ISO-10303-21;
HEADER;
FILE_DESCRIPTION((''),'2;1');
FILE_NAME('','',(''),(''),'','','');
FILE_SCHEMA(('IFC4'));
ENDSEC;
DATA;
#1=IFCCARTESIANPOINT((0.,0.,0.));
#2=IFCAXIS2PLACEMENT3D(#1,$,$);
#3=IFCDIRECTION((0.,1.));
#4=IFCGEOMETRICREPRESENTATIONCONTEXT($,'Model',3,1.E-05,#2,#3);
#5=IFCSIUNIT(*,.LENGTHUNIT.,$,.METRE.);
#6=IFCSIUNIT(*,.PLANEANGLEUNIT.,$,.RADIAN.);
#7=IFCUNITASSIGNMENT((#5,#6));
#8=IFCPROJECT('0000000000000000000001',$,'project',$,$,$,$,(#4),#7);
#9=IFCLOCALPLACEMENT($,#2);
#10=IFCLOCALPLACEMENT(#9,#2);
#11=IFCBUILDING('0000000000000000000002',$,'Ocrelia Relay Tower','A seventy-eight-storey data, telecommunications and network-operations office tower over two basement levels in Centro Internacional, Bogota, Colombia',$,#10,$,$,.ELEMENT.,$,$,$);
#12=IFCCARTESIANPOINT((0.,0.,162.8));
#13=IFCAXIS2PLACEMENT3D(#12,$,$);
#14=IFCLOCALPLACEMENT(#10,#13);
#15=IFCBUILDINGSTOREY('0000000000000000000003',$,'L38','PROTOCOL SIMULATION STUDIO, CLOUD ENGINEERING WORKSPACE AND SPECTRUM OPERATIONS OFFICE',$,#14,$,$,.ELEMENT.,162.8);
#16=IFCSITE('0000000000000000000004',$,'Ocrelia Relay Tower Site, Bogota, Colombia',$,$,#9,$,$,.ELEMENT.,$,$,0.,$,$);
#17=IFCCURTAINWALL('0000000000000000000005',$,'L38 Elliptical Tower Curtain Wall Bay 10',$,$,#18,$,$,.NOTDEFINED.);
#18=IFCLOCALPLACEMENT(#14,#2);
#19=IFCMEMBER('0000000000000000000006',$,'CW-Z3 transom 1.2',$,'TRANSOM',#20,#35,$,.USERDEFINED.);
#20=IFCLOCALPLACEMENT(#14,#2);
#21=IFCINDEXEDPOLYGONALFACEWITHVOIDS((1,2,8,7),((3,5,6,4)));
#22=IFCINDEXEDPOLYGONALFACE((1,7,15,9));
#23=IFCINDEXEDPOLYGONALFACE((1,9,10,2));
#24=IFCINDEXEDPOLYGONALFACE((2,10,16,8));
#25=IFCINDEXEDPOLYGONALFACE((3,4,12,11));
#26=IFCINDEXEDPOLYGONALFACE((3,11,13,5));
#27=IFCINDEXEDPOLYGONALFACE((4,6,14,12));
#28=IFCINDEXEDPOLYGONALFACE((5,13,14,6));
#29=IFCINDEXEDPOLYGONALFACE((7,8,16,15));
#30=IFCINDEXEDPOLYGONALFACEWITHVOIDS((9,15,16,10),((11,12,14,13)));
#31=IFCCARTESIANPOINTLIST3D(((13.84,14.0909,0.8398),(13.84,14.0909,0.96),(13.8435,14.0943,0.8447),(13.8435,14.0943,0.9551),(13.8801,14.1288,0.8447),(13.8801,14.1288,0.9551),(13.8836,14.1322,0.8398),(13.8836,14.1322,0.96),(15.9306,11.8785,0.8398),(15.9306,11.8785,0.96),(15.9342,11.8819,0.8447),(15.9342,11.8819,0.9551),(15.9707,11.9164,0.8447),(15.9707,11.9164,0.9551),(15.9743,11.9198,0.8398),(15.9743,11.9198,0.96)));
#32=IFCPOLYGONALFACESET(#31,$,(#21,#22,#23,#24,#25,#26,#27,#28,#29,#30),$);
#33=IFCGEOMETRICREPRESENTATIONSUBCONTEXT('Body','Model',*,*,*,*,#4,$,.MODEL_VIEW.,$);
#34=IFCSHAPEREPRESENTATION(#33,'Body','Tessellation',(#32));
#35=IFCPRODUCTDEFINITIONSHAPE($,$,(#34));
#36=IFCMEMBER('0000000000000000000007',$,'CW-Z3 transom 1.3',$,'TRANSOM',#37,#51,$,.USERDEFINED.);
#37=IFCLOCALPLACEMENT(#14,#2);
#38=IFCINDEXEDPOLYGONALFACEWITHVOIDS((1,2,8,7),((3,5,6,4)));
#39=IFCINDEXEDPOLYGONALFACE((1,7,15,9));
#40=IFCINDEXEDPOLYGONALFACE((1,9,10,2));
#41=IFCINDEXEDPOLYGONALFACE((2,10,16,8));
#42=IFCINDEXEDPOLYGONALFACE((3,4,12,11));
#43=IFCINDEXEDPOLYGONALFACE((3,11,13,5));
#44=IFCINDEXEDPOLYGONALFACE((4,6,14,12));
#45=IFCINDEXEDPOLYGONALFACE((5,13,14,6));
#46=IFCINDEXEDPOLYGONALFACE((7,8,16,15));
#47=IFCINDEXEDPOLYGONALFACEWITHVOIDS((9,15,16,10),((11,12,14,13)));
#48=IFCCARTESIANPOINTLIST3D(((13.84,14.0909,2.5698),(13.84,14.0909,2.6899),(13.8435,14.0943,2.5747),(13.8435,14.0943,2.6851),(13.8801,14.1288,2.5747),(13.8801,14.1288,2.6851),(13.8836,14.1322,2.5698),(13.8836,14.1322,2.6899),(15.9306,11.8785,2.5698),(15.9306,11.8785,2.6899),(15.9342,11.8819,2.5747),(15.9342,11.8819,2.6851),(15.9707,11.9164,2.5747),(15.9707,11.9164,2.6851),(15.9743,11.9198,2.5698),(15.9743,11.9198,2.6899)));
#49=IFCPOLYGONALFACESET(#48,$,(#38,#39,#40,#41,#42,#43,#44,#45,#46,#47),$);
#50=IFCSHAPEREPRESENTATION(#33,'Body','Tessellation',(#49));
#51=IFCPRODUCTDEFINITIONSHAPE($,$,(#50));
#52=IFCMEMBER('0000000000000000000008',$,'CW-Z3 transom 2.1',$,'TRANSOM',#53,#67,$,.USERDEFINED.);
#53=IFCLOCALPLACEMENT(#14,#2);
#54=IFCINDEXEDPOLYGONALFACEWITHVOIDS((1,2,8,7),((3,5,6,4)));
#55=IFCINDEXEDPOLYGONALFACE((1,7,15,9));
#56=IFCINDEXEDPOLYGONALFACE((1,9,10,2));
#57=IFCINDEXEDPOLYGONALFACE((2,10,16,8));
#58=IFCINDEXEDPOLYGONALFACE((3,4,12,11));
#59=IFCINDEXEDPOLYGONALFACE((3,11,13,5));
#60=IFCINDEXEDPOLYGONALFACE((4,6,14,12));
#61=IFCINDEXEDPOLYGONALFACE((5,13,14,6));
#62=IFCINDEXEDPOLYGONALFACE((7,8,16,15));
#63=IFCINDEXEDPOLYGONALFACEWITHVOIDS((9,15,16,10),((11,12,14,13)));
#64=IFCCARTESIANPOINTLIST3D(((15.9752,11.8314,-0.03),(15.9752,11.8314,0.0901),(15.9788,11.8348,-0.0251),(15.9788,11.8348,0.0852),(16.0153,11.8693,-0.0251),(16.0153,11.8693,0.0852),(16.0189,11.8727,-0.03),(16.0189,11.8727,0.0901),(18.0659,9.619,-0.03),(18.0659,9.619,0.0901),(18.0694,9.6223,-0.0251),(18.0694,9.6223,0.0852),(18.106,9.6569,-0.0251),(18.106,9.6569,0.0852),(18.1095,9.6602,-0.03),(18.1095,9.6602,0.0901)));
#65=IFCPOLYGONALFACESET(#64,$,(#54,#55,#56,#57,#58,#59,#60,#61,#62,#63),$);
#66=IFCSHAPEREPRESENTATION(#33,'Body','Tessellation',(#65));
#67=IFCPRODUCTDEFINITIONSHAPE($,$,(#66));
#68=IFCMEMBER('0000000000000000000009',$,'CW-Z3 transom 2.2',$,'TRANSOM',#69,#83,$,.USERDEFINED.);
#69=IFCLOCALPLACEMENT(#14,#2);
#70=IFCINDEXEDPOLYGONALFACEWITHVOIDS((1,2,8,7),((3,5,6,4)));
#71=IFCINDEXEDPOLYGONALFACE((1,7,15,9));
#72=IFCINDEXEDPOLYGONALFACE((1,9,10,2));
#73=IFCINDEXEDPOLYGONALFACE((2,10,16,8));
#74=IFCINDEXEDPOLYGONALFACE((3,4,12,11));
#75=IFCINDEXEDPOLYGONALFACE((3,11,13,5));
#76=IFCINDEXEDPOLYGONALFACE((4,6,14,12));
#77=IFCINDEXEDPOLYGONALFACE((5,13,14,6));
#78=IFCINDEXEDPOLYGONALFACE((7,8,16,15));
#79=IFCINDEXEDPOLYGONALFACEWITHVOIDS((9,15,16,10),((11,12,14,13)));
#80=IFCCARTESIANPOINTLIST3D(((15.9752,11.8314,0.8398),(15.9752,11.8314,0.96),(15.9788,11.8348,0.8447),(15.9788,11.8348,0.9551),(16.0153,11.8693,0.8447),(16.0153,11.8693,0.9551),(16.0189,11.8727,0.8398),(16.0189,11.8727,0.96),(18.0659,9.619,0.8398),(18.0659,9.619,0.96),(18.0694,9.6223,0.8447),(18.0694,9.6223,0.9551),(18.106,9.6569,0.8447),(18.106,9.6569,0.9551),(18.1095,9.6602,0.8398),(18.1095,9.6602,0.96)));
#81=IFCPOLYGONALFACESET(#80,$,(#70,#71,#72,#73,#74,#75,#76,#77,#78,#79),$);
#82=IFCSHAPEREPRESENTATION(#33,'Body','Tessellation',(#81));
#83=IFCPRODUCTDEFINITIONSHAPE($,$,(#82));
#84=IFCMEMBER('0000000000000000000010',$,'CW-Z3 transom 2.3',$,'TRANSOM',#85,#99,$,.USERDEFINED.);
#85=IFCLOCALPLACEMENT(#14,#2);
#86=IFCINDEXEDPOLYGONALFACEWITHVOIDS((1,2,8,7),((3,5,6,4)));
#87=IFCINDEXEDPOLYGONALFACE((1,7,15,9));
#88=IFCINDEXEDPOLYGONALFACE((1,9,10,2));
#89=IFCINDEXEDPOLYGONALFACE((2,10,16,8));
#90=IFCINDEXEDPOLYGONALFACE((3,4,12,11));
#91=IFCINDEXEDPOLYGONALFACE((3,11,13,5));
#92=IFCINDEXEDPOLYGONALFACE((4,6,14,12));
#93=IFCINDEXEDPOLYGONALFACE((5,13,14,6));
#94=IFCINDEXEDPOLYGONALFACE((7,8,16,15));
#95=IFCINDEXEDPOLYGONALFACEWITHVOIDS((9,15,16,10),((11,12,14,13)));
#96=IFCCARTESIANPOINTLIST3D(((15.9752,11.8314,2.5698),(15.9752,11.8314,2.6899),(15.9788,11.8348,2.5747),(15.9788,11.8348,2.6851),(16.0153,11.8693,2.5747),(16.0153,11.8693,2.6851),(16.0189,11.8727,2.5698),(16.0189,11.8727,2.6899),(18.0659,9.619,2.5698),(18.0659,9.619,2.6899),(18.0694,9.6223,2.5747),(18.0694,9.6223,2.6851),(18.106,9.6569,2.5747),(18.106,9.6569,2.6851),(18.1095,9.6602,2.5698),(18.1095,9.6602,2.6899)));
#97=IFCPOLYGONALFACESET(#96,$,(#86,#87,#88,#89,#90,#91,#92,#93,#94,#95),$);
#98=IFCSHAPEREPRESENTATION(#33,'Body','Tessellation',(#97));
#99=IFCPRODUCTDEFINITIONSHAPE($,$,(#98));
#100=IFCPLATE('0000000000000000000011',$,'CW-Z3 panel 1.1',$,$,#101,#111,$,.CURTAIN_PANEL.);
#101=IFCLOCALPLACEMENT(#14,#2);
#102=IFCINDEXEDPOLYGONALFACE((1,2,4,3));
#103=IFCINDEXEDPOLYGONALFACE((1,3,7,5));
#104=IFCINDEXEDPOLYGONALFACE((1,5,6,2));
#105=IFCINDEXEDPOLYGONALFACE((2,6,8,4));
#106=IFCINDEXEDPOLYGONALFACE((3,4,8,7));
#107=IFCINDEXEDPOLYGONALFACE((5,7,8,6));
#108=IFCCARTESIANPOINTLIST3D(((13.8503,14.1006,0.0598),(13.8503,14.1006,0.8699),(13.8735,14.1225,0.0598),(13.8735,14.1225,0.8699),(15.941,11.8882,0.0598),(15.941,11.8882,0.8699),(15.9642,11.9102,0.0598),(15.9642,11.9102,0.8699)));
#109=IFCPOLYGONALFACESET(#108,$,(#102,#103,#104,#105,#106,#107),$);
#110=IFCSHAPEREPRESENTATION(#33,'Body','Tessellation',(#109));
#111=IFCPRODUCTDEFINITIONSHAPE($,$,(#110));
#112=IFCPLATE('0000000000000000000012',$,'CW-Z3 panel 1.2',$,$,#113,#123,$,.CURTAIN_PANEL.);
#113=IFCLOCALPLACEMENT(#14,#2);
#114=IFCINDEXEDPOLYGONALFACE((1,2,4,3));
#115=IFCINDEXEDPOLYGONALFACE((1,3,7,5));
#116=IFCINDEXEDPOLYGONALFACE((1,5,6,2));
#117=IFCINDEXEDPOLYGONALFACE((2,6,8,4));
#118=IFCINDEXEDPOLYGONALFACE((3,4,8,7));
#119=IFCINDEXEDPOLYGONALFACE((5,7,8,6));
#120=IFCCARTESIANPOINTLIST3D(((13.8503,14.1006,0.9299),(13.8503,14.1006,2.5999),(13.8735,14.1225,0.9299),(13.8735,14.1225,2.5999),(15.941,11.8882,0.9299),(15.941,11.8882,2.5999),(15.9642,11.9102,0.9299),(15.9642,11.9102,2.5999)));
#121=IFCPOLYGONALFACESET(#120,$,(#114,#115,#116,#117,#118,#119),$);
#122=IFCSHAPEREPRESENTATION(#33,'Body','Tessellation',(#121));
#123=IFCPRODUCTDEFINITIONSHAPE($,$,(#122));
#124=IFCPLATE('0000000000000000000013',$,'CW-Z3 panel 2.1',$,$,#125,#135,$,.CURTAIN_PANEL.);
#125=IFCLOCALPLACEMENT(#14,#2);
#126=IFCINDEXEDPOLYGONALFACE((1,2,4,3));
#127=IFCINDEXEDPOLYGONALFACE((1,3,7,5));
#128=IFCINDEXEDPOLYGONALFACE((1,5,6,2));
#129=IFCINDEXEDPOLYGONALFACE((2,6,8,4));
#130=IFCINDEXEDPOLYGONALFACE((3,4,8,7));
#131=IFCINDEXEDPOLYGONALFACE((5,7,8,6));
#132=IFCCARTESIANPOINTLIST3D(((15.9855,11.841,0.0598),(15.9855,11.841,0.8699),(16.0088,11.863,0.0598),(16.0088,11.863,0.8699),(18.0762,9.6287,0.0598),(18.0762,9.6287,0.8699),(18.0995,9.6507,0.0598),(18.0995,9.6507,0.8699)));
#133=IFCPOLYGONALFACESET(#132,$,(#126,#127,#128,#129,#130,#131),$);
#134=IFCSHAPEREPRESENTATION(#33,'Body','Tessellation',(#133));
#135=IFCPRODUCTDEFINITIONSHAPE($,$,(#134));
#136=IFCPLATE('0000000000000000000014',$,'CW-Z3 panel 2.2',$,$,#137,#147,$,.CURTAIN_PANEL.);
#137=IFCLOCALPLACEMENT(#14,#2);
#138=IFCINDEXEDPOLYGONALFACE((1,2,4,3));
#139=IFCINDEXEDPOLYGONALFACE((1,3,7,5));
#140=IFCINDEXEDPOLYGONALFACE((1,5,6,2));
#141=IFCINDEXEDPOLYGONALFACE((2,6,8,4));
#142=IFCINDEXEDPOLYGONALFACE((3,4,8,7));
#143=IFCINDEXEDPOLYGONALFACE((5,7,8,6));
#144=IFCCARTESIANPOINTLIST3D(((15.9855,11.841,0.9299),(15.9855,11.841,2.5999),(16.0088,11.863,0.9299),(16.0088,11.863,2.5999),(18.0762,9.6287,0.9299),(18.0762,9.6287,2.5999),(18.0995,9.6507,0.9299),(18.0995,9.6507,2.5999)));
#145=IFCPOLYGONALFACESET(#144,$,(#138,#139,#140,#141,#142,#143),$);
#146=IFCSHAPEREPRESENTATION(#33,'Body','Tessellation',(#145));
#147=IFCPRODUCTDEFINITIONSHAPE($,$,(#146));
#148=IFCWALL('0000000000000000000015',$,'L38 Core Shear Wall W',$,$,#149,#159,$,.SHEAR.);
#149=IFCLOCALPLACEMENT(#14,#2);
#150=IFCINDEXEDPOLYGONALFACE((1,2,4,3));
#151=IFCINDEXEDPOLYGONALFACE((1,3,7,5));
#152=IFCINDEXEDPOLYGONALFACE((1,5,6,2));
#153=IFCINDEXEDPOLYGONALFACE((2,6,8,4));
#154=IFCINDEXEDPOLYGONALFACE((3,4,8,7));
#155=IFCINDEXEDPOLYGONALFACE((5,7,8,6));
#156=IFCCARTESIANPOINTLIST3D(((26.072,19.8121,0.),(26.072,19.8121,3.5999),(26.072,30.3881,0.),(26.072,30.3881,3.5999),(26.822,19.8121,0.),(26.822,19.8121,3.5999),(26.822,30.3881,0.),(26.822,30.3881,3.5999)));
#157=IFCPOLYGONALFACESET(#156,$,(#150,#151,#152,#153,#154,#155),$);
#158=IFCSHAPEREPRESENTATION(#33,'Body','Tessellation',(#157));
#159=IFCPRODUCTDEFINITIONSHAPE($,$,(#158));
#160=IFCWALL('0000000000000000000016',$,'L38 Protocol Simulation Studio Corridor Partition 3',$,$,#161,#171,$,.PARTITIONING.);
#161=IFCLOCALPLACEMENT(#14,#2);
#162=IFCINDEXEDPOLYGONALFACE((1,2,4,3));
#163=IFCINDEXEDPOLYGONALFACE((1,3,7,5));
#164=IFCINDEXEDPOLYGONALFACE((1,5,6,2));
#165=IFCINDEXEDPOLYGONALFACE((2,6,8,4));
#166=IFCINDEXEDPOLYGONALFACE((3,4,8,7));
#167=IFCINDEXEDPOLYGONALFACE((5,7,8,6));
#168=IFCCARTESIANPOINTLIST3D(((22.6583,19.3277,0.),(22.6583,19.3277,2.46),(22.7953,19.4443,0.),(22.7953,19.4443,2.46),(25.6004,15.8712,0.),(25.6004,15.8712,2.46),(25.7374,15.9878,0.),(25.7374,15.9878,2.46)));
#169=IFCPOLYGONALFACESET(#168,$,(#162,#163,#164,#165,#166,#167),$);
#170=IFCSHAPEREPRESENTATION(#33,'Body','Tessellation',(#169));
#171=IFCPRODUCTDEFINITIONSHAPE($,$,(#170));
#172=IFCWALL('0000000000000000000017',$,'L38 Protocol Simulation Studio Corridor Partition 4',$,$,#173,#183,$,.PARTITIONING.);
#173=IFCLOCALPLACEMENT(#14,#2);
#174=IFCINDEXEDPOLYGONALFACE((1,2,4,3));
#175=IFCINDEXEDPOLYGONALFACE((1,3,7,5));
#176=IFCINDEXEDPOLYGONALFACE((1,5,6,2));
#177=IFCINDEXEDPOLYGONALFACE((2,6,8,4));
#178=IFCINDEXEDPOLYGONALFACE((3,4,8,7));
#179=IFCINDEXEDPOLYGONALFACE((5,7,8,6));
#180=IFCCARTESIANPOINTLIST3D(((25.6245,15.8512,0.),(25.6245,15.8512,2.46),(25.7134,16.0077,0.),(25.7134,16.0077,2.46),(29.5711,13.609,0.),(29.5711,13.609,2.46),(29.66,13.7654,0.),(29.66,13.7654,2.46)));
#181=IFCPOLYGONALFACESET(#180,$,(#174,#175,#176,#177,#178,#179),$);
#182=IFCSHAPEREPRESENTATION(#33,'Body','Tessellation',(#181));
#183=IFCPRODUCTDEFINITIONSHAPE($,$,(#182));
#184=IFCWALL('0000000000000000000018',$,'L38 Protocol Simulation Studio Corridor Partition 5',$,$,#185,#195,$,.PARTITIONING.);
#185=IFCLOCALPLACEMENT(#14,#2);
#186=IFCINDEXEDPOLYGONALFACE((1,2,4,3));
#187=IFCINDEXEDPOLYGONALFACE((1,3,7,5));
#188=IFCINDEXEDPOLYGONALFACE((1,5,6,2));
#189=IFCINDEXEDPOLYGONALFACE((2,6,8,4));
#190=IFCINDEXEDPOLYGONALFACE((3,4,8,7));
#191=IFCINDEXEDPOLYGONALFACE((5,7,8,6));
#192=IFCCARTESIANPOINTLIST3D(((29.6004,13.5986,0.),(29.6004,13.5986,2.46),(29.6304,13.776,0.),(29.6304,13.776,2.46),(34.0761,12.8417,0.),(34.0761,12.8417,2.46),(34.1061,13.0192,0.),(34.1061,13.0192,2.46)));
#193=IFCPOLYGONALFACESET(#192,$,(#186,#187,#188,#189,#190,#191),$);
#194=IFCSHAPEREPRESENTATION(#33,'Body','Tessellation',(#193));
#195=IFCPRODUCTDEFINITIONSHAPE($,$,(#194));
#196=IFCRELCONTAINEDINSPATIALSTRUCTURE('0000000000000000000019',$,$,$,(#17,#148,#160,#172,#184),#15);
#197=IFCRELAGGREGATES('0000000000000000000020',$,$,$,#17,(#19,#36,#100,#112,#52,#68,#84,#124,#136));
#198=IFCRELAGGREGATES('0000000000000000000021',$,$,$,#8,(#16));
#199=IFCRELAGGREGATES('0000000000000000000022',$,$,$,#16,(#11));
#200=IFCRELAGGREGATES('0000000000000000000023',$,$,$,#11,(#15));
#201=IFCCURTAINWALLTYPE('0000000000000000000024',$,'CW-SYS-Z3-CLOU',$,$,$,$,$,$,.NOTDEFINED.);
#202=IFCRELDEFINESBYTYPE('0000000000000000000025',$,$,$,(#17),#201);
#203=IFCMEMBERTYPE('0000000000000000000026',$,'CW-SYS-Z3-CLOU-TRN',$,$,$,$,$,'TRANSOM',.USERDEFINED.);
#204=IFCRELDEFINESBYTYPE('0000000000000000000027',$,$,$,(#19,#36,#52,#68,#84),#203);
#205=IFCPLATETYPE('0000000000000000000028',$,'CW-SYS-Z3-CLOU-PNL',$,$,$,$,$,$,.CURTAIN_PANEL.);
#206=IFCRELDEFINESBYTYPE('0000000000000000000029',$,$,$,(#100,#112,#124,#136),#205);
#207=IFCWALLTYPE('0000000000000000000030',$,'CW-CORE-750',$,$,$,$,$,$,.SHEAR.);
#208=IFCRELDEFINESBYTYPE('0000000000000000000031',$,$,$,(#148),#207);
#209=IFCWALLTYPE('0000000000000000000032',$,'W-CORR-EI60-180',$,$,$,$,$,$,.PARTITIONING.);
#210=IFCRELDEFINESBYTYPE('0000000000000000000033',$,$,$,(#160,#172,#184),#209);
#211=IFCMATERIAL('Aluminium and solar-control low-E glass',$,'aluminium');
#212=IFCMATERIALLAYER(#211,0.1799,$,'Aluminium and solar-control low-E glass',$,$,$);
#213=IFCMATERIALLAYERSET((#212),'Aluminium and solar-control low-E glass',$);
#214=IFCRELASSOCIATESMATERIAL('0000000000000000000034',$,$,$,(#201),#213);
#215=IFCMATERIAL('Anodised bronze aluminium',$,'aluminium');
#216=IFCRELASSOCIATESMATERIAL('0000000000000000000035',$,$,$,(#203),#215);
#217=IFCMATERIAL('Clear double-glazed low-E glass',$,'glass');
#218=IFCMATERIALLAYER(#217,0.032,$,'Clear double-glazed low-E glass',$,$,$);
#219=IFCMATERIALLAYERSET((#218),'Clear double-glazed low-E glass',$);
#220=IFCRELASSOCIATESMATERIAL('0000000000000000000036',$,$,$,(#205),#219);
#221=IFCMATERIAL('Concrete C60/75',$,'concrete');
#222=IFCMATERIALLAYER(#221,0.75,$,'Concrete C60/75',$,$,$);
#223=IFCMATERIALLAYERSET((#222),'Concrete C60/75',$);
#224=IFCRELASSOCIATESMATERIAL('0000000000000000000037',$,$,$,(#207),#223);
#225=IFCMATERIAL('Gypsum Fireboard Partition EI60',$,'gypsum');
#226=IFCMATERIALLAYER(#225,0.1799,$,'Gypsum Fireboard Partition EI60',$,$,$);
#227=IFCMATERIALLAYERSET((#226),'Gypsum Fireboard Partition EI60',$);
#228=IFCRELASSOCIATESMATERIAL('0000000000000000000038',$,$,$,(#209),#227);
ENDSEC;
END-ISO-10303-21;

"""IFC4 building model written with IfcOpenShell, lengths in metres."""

from ifc_helpers import new_model, si_unit, direction, frame, frame_2d, origin, origin_2d, place, context, subcontext, project, spatial, rectangle, hollow_rectangle, extrude, material, layer, layer_set, material_profile, profile_set, type_object, element, aggregate, save


model = new_model("IFC4")

# Units and contexts
model_context = context("Model", 3, precision=1e-05, world=origin(), true_north=direction((0.0, 1.0)))
body_context = subcontext(model_context, "Body", "Model", "MODEL_VIEW")
ifc_project = project(units=[si_unit("LENGTHUNIT", "METRE"), si_unit("PLANEANGLEUNIT", "RADIAN")], contexts=[model_context])

# Site, building, storey
site_placement = place(None, origin())
site = spatial("IfcSite", under=ifc_project, at=site_placement, Name="Ocrelia Relay Tower Site, Bogota, Colombia", CompositionType="ELEMENT", RefElevation=0.0)
building_placement = place(site_placement, origin())
building = spatial("IfcBuilding", under=site, at=building_placement, Name="Ocrelia Relay Tower", Description="A seventy-eight-storey data, telecommunications and network-operations office tower over two basement levels in Centro Internacional, Bogota, Colombia", CompositionType="ELEMENT")
storey_placement = place(building_placement, frame((0.0, 0.0, 162.8)))
storey = spatial("IfcBuildingStorey", under=building, at=storey_placement, Name="L38", Description="PROTOCOL SIMULATION STUDIO, CLOUD ENGINEERING WORKSPACE AND SPECTRUM OPERATIONS OFFICE", CompositionType="ELEMENT", Elevation=162.8)

# Shared definitions
ifc_material_1 = material(Name="Concrete C60/75", Category="concrete")

# Curtain wall, members, plates
ifc_material_2 = material(Name="Aluminium and solar-control low-E glass", Category="aluminium")
ifc_layer_1 = layer(ifc_material_2, 0.1799, Name="Aluminium and solar-control low-E glass")
ifc_layer_set_1 = layer_set([ifc_layer_1], Name="Aluminium and solar-control low-E glass")
curtain_wall_type = type_object("IfcCurtainWallType", Name="CW-SYS-Z3-CLOU", PredefinedType="NOTDEFINED", material=ifc_layer_set_1)
curtain_wall_placement = place(storey_placement, origin())
curtain_wall = element("IfcCurtainWall", 1, at=curtain_wall_placement, inside=storey, type_object=curtain_wall_type, Name="L38 Elliptical Tower Curtain Wall Bay 10", PredefinedType="NOTDEFINED")
ifc_material_3 = material(Name="Anodised bronze aluminium", Category="aluminium")
ifc_material_profile_1 = material_profile(ifc_material_3, hollow_rectangle(XDim=0.0601, YDim=0.1201, WallThickness=0.0049, at=origin_2d()), Name="CW-TRN-120x60")
ifc_profile_set_1 = profile_set([ifc_material_profile_1], Name="Anodised bronze aluminium")
member_type_1 = type_object("IfcMemberType", Name="CW-SYS-Z3-CLOU-TRN", ElementType="TRANSOM", PredefinedType="USERDEFINED", material=ifc_profile_set_1)
member_1_placement = place(storey_placement, frame((13.8618, 14.1116, 0.8999), z_axis=(0.686812, -0.726835, 0.0), x_axis=(0.726835, 0.686812, 0.0)))
member_1 = element("IfcMember", 2, at=member_1_placement, type_object=member_type_1, Name="CW-Z3 transom 1.2", ObjectType="TRANSOM", PredefinedType="USERDEFINED", context=body_context, shape_type="SweptSolid", body=[
    extrude(hollow_rectangle(XDim=0.0601, YDim=0.1201, WallThickness=0.0049, at=origin_2d()), origin(), (0.0, 0.0, 1.0), 3.0439),
])
member_2_placement = place(storey_placement, frame((13.8618, 14.1116, 2.6299), z_axis=(0.686812, -0.726835, 0.0), x_axis=(0.726835, 0.686812, 0.0)))
member_2 = element("IfcMember", 3, at=member_2_placement, type_object=member_type_1, Name="CW-Z3 transom 1.3", ObjectType="TRANSOM", PredefinedType="USERDEFINED", context=body_context, shape_type="SweptSolid", body=[
    extrude(hollow_rectangle(XDim=0.0601, YDim=0.1201, WallThickness=0.0049, at=origin_2d()), origin(), (0.0, 0.0, 1.0), 3.0439),
])
member_3_placement = place(storey_placement, frame((15.9971, 11.8521, 0.03), z_axis=(0.686812, -0.726835, 0.0), x_axis=(0.726835, 0.686812, 0.0)))
member_3 = element("IfcMember", 4, at=member_3_placement, type_object=member_type_1, Name="CW-Z3 transom 2.1", ObjectType="TRANSOM", PredefinedType="USERDEFINED", context=body_context, shape_type="SweptSolid", body=[
    extrude(hollow_rectangle(XDim=0.0601, YDim=0.1201, WallThickness=0.0049, at=origin_2d()), origin(), (0.0, 0.0, 1.0), 3.0439),
])
member_4_placement = place(storey_placement, frame((15.9971, 11.8521, 0.8999), z_axis=(0.686812, -0.726835, 0.0), x_axis=(0.726835, 0.686812, 0.0)))
member_4 = element("IfcMember", 5, at=member_4_placement, type_object=member_type_1, Name="CW-Z3 transom 2.2", ObjectType="TRANSOM", PredefinedType="USERDEFINED", context=body_context, shape_type="SweptSolid", body=[
    extrude(hollow_rectangle(XDim=0.0601, YDim=0.1201, WallThickness=0.0049, at=origin_2d()), origin(), (0.0, 0.0, 1.0), 3.0439),
])
member_5_placement = place(storey_placement, frame((15.9971, 11.8521, 2.6299), z_axis=(0.686812, -0.726835, 0.0), x_axis=(0.726835, 0.686812, 0.0)))
member_5 = element("IfcMember", 6, at=member_5_placement, type_object=member_type_1, Name="CW-Z3 transom 2.3", ObjectType="TRANSOM", PredefinedType="USERDEFINED", context=body_context, shape_type="SweptSolid", body=[
    extrude(hollow_rectangle(XDim=0.0601, YDim=0.1201, WallThickness=0.0049, at=origin_2d()), origin(), (0.0, 0.0, 1.0), 3.0439),
])
ifc_material_4 = material(Name="Clear double-glazed low-E glass", Category="glass")
ifc_layer_2 = layer(ifc_material_4, 0.032, Name="Clear double-glazed low-E glass")
ifc_layer_set_2 = layer_set([ifc_layer_2], Name="Clear double-glazed low-E glass")
plate_type = type_object("IfcPlateType", Name="CW-SYS-Z3-CLOU-PNL", PredefinedType="CURTAIN_PANEL", material=ifc_layer_set_2)
plate_1_placement = place(storey_placement, frame((14.9072, 13.0054, 0.0598), z_axis=(0.0, 0.0, 1.0), x_axis=(0.686841, -0.726808, 0.0)))
plate_1 = element("IfcPlate", 7, at=plate_1_placement, type_object=plate_type, Name="CW-Z3 panel 1.1", PredefinedType="CURTAIN_PANEL", context=body_context, shape_type="SweptSolid", body=[
    extrude(rectangle(XDim=3.0439, YDim=0.032, at=origin_2d()), origin(), (0.0, 0.0, 1.0), 0.8101),
])
plate_2_placement = place(storey_placement, frame((14.9072, 13.0054, 0.9299), z_axis=(0.0, 0.0, 1.0), x_axis=(0.686841, -0.726808, 0.0)))
plate_2 = element("IfcPlate", 8, at=plate_2_placement, type_object=plate_type, Name="CW-Z3 panel 1.2", PredefinedType="CURTAIN_PANEL", context=body_context, shape_type="SweptSolid", body=[
    extrude(rectangle(XDim=3.0439, YDim=0.032, at=origin_2d()), origin(), (0.0, 0.0, 1.0), 1.6699),
])
plate_3_placement = place(storey_placement, frame((17.0425, 10.7458, 0.0598), z_axis=(0.0, 0.0, 1.0), x_axis=(0.686841, -0.726808, 0.0)))
plate_3 = element("IfcPlate", 9, at=plate_3_placement, type_object=plate_type, Name="CW-Z3 panel 2.1", PredefinedType="CURTAIN_PANEL", context=body_context, shape_type="SweptSolid", body=[
    extrude(rectangle(XDim=3.0439, YDim=0.032, at=origin_2d()), origin(), (0.0, 0.0, 1.0), 0.8101),
])
plate_4_placement = place(storey_placement, frame((17.0425, 10.7458, 0.9299), z_axis=(0.0, 0.0, 1.0), x_axis=(0.686841, -0.726808, 0.0)))
plate_4 = element("IfcPlate", 10, at=plate_4_placement, type_object=plate_type, Name="CW-Z3 panel 2.2", PredefinedType="CURTAIN_PANEL", context=body_context, shape_type="SweptSolid", body=[
    extrude(rectangle(XDim=3.0439, YDim=0.032, at=origin_2d()), origin(), (0.0, 0.0, 1.0), 1.6699),
])
aggregate(curtain_wall, [member_1, member_2, plate_1, plate_2, member_3, member_4, member_5, plate_3, plate_4])

# Walls
ifc_layer_3 = layer(ifc_material_1, 0.75, Name="Concrete C60/75")
ifc_layer_set_3 = layer_set([ifc_layer_3], Name="Concrete C60/75")
wall_type_1 = type_object("IfcWallType", Name="CW-CORE-750", PredefinedType="SHEAR", material=ifc_layer_set_3)
wall_1_placement = place(storey_placement, frame((26.447, 19.812, 0.0), z_axis=(0.0, 0.0, 1.0), x_axis=(0.0, 1.0, 0.0)))
element("IfcWall", 11, at=wall_1_placement, inside=storey, type_object=wall_type_1, Name="L38 Core Shear Wall W", PredefinedType="SHEAR", context=body_context, shape_type="SweptSolid", body=[
    extrude(rectangle(XDim=10.5759, YDim=0.75, at=frame_2d((5.2881, 0.0))), origin(), (0.0, 0.0, 1.0), 3.5999),
])
ifc_material_5 = material(Name="Gypsum Fireboard Partition EI60", Category="gypsum")
ifc_layer_4 = layer(ifc_material_5, 0.1799, Name="Gypsum Fireboard Partition EI60")
ifc_layer_set_4 = layer_set([ifc_layer_4], Name="Gypsum Fireboard Partition EI60")
wall_type_2 = type_object("IfcWallType", Name="W-CORR-EI60-180", PredefinedType="PARTITIONING", material=ifc_layer_set_4)
for number, where, z_axis, x_axis, name in (
    (12, (22.7268, 19.386, 0.0), (0.0, 0.0, 1.0), (0.64817, -0.761496, 0.0), "L38 Protocol Simulation Studio Corridor Partition 3"),
    (13, (25.6689, 15.9294, 0.0), (0.0, 0.0, 1.0), (0.869472, -0.493983, 0.0), "L38 Protocol Simulation Studio Corridor Partition 4"),
):
    element("IfcWall", number, at=place(storey_placement, frame(where, z_axis=z_axis, x_axis=x_axis)), inside=storey, type_object=wall_type_2, Name=name, PredefinedType="PARTITIONING", context=body_context, shape_type="SweptSolid", body=[
        extrude(rectangle(XDim=4.5391, YDim=0.1799, at=frame_2d((2.2695, 0.0))), origin(), (0.0, 0.0, 1.0), 2.46),
    ])
wall_2_placement = place(storey_placement, frame((29.6155, 13.6873, 0.0), z_axis=(0.0, 0.0, 1.0), x_axis=(0.986003, -0.166727, 0.0)))
element("IfcWall", 14, at=wall_2_placement, inside=storey, type_object=wall_type_2, Name="L38 Protocol Simulation Studio Corridor Partition 5", PredefinedType="PARTITIONING", context=body_context, shape_type="SweptSolid", body=[
    extrude(rectangle(XDim=4.5393, YDim=0.1799, at=frame_2d((2.2695, 0.0))), origin(), (0.0, 0.0, 1.0), 2.46),
])

save(model, "model.ifc")
